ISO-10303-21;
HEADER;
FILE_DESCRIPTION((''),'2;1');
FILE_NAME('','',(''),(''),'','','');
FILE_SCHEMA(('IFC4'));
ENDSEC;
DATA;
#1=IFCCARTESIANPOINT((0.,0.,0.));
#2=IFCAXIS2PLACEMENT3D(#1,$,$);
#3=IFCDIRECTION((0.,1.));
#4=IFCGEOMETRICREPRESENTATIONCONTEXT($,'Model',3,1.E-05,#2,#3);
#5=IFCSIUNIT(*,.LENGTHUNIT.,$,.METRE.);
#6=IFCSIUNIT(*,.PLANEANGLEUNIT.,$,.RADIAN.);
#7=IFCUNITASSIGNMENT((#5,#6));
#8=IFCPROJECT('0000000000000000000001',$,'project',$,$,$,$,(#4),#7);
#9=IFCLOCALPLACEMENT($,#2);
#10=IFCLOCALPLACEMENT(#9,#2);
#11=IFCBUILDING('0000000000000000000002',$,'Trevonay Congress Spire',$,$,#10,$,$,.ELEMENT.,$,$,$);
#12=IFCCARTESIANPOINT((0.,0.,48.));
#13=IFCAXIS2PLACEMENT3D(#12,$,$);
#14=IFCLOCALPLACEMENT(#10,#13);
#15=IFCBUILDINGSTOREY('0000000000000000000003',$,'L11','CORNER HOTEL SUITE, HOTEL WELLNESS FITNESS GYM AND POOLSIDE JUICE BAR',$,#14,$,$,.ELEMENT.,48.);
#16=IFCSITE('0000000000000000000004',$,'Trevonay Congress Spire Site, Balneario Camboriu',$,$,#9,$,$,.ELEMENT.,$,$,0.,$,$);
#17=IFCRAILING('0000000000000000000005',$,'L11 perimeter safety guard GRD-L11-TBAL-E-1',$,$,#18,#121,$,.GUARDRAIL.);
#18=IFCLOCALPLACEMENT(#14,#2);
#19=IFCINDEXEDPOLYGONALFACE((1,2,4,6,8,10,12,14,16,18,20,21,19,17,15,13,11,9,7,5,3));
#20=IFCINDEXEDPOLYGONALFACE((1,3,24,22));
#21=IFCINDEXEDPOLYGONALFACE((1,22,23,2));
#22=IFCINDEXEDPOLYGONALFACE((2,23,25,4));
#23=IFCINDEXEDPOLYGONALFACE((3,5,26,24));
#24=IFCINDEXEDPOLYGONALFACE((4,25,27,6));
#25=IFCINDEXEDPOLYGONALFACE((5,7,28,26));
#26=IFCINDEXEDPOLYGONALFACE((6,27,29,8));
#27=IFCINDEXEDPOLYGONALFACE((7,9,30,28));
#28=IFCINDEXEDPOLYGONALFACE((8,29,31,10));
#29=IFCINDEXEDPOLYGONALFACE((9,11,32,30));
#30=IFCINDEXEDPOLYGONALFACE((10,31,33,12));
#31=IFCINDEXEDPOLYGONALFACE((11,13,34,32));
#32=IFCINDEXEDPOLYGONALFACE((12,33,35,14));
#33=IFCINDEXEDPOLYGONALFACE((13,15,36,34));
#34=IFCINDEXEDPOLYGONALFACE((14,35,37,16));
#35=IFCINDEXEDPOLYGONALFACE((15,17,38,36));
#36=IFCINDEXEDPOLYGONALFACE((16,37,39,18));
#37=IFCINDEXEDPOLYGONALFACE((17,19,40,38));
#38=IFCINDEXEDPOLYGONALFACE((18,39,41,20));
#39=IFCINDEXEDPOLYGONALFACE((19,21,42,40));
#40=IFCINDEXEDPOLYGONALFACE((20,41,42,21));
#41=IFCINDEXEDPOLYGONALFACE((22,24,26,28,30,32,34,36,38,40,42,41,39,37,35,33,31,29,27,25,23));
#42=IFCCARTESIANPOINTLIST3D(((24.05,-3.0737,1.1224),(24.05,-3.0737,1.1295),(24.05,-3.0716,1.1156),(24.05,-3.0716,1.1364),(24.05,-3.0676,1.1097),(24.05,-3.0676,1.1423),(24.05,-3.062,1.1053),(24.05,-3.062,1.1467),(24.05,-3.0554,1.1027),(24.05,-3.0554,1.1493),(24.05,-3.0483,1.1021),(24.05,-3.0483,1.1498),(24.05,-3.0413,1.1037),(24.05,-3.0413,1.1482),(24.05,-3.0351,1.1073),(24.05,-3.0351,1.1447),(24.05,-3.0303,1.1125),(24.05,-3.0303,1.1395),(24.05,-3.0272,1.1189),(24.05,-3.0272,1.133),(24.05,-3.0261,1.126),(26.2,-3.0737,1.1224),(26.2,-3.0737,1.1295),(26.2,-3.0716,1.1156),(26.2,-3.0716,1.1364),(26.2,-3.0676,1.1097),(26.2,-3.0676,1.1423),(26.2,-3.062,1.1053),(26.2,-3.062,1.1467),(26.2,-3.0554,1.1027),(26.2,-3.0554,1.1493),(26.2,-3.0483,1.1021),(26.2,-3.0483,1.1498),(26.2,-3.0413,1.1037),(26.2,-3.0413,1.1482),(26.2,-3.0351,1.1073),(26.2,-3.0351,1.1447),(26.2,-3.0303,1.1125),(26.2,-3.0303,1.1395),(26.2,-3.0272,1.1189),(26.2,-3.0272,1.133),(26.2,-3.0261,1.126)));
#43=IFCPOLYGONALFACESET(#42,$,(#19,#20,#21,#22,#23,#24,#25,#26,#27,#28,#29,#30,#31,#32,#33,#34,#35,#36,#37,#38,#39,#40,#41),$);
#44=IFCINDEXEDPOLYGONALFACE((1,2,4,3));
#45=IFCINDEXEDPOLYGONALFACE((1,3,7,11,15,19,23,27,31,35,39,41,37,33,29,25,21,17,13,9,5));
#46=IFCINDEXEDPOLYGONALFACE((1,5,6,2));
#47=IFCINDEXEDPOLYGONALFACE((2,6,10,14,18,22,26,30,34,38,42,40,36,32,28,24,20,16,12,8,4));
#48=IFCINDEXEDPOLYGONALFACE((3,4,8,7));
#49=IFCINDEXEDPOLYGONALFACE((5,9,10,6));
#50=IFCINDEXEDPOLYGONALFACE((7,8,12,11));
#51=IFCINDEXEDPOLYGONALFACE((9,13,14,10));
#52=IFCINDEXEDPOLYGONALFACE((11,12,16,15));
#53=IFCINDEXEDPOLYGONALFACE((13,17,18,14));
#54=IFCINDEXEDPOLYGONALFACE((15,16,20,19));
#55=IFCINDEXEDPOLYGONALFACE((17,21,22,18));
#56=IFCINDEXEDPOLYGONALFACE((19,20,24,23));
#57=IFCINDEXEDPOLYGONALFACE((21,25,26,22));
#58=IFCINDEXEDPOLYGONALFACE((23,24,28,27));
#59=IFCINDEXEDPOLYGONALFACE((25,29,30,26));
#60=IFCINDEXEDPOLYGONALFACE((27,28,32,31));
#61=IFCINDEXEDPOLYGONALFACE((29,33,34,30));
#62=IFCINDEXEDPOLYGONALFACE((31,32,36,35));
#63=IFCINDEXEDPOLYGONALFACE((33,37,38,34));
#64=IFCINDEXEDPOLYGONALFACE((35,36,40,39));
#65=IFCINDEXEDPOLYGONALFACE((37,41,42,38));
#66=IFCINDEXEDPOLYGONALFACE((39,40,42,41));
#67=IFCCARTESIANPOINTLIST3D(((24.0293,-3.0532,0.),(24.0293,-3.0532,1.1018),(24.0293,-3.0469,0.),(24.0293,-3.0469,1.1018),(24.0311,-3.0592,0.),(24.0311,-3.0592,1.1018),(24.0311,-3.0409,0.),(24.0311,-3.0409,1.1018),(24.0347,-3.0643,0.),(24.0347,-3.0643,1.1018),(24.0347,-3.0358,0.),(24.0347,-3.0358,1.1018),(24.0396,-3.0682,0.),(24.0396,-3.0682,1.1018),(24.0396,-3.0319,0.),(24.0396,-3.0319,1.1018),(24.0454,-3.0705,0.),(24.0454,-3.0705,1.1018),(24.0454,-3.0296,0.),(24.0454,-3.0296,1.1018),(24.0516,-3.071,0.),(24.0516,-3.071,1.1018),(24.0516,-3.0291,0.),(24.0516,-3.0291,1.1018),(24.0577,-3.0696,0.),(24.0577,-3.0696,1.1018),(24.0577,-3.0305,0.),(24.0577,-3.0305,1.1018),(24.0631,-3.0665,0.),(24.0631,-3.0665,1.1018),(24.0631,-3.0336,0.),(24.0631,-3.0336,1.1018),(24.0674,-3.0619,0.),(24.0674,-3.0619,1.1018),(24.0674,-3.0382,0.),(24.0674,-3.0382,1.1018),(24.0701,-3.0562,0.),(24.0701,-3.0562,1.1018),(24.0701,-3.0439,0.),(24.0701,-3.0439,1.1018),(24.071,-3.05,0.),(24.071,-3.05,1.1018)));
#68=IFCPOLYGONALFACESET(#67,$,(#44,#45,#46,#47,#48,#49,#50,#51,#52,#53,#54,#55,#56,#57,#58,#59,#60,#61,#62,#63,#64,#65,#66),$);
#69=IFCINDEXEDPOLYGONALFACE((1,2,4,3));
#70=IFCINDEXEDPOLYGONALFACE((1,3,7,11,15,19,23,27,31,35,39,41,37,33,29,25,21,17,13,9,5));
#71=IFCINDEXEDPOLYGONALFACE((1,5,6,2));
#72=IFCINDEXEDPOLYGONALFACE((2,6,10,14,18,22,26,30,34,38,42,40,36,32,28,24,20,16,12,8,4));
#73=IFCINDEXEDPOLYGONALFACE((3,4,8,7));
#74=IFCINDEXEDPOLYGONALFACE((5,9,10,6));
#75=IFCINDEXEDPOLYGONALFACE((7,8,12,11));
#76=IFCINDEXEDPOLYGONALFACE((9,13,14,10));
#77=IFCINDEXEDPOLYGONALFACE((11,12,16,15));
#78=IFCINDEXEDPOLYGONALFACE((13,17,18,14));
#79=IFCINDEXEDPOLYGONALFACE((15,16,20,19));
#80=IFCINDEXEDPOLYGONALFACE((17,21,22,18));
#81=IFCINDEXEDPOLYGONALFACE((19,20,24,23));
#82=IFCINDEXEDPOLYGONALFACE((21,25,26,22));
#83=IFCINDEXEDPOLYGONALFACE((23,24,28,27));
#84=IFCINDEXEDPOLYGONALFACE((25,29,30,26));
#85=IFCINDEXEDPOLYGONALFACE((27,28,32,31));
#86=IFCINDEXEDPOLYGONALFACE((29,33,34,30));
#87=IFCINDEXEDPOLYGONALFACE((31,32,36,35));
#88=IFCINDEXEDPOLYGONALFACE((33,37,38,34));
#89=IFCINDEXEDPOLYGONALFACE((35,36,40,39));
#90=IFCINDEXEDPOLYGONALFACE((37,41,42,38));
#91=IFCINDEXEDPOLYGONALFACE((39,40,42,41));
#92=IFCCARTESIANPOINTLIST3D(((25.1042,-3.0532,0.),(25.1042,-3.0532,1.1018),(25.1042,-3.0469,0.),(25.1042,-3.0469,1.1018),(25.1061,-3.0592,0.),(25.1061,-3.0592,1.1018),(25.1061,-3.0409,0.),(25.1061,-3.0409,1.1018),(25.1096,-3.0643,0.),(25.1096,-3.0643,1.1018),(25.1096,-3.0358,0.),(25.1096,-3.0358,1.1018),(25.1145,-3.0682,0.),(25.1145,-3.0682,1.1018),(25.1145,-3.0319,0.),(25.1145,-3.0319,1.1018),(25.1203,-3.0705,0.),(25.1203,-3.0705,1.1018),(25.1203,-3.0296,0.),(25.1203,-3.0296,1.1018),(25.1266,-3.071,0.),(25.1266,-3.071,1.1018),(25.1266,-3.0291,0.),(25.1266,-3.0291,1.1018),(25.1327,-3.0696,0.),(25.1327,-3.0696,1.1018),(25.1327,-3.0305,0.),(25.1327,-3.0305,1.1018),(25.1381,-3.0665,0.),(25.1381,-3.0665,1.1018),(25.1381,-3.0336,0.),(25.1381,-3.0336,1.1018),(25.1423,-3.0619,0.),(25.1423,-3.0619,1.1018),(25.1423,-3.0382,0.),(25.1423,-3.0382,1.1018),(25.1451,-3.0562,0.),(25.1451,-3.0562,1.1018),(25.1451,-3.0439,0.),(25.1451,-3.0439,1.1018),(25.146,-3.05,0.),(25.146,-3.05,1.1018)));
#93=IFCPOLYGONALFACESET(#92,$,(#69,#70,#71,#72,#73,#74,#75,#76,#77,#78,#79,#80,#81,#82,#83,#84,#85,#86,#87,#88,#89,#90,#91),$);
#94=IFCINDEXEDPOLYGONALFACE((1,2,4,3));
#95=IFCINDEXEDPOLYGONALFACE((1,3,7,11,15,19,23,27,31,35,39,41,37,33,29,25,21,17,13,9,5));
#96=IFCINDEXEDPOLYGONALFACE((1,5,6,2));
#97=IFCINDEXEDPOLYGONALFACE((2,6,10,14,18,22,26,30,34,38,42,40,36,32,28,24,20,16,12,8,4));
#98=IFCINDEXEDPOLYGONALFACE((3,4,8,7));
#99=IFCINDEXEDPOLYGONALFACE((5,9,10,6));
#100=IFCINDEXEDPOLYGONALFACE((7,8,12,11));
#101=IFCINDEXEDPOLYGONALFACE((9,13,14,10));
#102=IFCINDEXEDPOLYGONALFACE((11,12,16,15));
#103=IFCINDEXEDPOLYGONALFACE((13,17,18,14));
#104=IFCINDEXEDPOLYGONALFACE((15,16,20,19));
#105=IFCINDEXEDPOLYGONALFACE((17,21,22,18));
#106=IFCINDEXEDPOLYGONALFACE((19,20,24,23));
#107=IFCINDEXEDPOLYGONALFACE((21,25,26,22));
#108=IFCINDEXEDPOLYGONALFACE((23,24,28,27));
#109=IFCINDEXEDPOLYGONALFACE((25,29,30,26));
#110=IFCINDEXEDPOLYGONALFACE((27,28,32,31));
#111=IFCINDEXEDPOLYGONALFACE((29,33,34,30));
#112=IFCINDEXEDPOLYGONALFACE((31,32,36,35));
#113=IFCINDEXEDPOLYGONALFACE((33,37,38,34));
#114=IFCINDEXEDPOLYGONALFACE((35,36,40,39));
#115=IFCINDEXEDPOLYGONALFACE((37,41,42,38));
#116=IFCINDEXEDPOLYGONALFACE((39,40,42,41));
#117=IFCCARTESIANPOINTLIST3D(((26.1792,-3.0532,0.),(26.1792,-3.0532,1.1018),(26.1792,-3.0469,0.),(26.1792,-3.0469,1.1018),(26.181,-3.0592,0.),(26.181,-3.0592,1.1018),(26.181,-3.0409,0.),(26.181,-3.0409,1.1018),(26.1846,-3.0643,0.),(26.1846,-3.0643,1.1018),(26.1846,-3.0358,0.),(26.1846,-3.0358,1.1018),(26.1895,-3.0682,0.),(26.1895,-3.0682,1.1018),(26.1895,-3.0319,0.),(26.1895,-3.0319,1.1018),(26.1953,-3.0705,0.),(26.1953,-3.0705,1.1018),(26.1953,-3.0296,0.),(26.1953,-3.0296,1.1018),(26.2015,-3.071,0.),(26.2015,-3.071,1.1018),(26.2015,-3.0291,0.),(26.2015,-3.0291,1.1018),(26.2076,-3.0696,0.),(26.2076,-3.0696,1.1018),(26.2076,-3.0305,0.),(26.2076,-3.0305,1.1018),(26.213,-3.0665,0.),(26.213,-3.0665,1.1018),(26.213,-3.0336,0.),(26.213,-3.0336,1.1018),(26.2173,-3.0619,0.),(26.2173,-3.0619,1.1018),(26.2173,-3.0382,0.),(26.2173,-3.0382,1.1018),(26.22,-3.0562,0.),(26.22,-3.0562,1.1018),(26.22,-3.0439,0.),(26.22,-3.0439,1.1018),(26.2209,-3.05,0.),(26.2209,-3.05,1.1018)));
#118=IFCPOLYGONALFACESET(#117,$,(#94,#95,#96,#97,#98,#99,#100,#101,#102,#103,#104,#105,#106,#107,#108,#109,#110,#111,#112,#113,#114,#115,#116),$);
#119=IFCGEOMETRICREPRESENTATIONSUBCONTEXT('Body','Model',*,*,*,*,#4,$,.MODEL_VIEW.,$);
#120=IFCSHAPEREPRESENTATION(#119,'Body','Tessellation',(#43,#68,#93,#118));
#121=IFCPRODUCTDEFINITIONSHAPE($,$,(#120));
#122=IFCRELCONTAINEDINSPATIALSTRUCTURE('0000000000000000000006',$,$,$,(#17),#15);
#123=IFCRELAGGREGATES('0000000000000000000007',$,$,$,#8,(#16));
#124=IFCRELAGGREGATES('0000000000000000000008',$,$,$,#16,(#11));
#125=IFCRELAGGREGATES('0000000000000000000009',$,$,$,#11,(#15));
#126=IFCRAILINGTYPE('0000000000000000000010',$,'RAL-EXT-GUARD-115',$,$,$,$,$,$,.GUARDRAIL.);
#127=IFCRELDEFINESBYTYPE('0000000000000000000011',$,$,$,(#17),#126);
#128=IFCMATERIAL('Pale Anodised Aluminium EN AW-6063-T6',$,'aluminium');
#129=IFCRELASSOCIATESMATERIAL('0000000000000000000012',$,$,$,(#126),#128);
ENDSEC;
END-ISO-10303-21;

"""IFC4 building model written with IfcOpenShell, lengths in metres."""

from ifc_helpers import new_model, si_unit, direction, frame, origin, origin_2d, place, context, subcontext, project, spatial, circle, extrude, material, type_object, element, save


model = new_model("IFC4")

# Units and contexts
model_context = context("Model", 3, precision=1e-05, world=origin(), true_north=direction((0.0, 1.0)))
body_context = subcontext(model_context, "Body", "Model", "MODEL_VIEW")
ifc_project = project(units=[si_unit("LENGTHUNIT", "METRE"), si_unit("PLANEANGLEUNIT", "RADIAN")], contexts=[model_context])

# Site, building, storey
site_placement = place(None, origin())
site = spatial("IfcSite", under=ifc_project, at=site_placement, Name="Trevonay Congress Spire Site, Balneario Camboriu", CompositionType="ELEMENT", RefElevation=0.0)
building_placement = place(site_placement, origin())
building = spatial("IfcBuilding", under=site, at=building_placement, Name="Trevonay Congress Spire", CompositionType="ELEMENT")
storey_placement = place(building_placement, frame((0.0, 0.0, 48.0)))
storey = spatial("IfcBuildingStorey", under=building, at=storey_placement, Name="L11", Description="CORNER HOTEL SUITE, HOTEL WELLNESS FITNESS GYM AND POOLSIDE JUICE BAR", CompositionType="ELEMENT", Elevation=48.0)

# Shared definitions
ifc_material_1 = material(Name="Pale Anodised Aluminium EN AW-6063-T6", Category="aluminium")

# Railing
railing_type = type_object("IfcRailingType", Name="RAL-EXT-GUARD-115", PredefinedType="GUARDRAIL", material=ifc_material_1)
railing_1_placement = place(storey_placement, frame((24.05, -3.05, 0.0)))
element("IfcRailing", 1, at=railing_1_placement, inside=storey, type_object=railing_type, Name="L11 perimeter safety guard GRD-L11-TBAL-E-1", PredefinedType="GUARDRAIL", context=body_context, shape_type="SweptSolid", body=[
    extrude(circle(Radius=0.0239, at=origin_2d()), frame((0.0, 0.0, 1.126), z_axis=(1.0, 0.0, 0.0), x_axis=(0.0, 1.0, 0.0)), (0.0, 0.0, 1.0), 2.1499),
    extrude(circle(Radius=0.021, at=origin_2d()), origin(), (0.0, 0.0, 1.0), 1.1018),
    extrude(circle(Radius=0.021, at=origin_2d()), frame((1.075, 0.0, 0.0)), (0.0, 0.0, 1.0), 1.1018),
    extrude(circle(Radius=0.021, at=origin_2d()), frame((2.1499, 0.0, 0.0)), (0.0, 0.0, 1.0), 1.1018),
])

save(model, "model.ifc")
